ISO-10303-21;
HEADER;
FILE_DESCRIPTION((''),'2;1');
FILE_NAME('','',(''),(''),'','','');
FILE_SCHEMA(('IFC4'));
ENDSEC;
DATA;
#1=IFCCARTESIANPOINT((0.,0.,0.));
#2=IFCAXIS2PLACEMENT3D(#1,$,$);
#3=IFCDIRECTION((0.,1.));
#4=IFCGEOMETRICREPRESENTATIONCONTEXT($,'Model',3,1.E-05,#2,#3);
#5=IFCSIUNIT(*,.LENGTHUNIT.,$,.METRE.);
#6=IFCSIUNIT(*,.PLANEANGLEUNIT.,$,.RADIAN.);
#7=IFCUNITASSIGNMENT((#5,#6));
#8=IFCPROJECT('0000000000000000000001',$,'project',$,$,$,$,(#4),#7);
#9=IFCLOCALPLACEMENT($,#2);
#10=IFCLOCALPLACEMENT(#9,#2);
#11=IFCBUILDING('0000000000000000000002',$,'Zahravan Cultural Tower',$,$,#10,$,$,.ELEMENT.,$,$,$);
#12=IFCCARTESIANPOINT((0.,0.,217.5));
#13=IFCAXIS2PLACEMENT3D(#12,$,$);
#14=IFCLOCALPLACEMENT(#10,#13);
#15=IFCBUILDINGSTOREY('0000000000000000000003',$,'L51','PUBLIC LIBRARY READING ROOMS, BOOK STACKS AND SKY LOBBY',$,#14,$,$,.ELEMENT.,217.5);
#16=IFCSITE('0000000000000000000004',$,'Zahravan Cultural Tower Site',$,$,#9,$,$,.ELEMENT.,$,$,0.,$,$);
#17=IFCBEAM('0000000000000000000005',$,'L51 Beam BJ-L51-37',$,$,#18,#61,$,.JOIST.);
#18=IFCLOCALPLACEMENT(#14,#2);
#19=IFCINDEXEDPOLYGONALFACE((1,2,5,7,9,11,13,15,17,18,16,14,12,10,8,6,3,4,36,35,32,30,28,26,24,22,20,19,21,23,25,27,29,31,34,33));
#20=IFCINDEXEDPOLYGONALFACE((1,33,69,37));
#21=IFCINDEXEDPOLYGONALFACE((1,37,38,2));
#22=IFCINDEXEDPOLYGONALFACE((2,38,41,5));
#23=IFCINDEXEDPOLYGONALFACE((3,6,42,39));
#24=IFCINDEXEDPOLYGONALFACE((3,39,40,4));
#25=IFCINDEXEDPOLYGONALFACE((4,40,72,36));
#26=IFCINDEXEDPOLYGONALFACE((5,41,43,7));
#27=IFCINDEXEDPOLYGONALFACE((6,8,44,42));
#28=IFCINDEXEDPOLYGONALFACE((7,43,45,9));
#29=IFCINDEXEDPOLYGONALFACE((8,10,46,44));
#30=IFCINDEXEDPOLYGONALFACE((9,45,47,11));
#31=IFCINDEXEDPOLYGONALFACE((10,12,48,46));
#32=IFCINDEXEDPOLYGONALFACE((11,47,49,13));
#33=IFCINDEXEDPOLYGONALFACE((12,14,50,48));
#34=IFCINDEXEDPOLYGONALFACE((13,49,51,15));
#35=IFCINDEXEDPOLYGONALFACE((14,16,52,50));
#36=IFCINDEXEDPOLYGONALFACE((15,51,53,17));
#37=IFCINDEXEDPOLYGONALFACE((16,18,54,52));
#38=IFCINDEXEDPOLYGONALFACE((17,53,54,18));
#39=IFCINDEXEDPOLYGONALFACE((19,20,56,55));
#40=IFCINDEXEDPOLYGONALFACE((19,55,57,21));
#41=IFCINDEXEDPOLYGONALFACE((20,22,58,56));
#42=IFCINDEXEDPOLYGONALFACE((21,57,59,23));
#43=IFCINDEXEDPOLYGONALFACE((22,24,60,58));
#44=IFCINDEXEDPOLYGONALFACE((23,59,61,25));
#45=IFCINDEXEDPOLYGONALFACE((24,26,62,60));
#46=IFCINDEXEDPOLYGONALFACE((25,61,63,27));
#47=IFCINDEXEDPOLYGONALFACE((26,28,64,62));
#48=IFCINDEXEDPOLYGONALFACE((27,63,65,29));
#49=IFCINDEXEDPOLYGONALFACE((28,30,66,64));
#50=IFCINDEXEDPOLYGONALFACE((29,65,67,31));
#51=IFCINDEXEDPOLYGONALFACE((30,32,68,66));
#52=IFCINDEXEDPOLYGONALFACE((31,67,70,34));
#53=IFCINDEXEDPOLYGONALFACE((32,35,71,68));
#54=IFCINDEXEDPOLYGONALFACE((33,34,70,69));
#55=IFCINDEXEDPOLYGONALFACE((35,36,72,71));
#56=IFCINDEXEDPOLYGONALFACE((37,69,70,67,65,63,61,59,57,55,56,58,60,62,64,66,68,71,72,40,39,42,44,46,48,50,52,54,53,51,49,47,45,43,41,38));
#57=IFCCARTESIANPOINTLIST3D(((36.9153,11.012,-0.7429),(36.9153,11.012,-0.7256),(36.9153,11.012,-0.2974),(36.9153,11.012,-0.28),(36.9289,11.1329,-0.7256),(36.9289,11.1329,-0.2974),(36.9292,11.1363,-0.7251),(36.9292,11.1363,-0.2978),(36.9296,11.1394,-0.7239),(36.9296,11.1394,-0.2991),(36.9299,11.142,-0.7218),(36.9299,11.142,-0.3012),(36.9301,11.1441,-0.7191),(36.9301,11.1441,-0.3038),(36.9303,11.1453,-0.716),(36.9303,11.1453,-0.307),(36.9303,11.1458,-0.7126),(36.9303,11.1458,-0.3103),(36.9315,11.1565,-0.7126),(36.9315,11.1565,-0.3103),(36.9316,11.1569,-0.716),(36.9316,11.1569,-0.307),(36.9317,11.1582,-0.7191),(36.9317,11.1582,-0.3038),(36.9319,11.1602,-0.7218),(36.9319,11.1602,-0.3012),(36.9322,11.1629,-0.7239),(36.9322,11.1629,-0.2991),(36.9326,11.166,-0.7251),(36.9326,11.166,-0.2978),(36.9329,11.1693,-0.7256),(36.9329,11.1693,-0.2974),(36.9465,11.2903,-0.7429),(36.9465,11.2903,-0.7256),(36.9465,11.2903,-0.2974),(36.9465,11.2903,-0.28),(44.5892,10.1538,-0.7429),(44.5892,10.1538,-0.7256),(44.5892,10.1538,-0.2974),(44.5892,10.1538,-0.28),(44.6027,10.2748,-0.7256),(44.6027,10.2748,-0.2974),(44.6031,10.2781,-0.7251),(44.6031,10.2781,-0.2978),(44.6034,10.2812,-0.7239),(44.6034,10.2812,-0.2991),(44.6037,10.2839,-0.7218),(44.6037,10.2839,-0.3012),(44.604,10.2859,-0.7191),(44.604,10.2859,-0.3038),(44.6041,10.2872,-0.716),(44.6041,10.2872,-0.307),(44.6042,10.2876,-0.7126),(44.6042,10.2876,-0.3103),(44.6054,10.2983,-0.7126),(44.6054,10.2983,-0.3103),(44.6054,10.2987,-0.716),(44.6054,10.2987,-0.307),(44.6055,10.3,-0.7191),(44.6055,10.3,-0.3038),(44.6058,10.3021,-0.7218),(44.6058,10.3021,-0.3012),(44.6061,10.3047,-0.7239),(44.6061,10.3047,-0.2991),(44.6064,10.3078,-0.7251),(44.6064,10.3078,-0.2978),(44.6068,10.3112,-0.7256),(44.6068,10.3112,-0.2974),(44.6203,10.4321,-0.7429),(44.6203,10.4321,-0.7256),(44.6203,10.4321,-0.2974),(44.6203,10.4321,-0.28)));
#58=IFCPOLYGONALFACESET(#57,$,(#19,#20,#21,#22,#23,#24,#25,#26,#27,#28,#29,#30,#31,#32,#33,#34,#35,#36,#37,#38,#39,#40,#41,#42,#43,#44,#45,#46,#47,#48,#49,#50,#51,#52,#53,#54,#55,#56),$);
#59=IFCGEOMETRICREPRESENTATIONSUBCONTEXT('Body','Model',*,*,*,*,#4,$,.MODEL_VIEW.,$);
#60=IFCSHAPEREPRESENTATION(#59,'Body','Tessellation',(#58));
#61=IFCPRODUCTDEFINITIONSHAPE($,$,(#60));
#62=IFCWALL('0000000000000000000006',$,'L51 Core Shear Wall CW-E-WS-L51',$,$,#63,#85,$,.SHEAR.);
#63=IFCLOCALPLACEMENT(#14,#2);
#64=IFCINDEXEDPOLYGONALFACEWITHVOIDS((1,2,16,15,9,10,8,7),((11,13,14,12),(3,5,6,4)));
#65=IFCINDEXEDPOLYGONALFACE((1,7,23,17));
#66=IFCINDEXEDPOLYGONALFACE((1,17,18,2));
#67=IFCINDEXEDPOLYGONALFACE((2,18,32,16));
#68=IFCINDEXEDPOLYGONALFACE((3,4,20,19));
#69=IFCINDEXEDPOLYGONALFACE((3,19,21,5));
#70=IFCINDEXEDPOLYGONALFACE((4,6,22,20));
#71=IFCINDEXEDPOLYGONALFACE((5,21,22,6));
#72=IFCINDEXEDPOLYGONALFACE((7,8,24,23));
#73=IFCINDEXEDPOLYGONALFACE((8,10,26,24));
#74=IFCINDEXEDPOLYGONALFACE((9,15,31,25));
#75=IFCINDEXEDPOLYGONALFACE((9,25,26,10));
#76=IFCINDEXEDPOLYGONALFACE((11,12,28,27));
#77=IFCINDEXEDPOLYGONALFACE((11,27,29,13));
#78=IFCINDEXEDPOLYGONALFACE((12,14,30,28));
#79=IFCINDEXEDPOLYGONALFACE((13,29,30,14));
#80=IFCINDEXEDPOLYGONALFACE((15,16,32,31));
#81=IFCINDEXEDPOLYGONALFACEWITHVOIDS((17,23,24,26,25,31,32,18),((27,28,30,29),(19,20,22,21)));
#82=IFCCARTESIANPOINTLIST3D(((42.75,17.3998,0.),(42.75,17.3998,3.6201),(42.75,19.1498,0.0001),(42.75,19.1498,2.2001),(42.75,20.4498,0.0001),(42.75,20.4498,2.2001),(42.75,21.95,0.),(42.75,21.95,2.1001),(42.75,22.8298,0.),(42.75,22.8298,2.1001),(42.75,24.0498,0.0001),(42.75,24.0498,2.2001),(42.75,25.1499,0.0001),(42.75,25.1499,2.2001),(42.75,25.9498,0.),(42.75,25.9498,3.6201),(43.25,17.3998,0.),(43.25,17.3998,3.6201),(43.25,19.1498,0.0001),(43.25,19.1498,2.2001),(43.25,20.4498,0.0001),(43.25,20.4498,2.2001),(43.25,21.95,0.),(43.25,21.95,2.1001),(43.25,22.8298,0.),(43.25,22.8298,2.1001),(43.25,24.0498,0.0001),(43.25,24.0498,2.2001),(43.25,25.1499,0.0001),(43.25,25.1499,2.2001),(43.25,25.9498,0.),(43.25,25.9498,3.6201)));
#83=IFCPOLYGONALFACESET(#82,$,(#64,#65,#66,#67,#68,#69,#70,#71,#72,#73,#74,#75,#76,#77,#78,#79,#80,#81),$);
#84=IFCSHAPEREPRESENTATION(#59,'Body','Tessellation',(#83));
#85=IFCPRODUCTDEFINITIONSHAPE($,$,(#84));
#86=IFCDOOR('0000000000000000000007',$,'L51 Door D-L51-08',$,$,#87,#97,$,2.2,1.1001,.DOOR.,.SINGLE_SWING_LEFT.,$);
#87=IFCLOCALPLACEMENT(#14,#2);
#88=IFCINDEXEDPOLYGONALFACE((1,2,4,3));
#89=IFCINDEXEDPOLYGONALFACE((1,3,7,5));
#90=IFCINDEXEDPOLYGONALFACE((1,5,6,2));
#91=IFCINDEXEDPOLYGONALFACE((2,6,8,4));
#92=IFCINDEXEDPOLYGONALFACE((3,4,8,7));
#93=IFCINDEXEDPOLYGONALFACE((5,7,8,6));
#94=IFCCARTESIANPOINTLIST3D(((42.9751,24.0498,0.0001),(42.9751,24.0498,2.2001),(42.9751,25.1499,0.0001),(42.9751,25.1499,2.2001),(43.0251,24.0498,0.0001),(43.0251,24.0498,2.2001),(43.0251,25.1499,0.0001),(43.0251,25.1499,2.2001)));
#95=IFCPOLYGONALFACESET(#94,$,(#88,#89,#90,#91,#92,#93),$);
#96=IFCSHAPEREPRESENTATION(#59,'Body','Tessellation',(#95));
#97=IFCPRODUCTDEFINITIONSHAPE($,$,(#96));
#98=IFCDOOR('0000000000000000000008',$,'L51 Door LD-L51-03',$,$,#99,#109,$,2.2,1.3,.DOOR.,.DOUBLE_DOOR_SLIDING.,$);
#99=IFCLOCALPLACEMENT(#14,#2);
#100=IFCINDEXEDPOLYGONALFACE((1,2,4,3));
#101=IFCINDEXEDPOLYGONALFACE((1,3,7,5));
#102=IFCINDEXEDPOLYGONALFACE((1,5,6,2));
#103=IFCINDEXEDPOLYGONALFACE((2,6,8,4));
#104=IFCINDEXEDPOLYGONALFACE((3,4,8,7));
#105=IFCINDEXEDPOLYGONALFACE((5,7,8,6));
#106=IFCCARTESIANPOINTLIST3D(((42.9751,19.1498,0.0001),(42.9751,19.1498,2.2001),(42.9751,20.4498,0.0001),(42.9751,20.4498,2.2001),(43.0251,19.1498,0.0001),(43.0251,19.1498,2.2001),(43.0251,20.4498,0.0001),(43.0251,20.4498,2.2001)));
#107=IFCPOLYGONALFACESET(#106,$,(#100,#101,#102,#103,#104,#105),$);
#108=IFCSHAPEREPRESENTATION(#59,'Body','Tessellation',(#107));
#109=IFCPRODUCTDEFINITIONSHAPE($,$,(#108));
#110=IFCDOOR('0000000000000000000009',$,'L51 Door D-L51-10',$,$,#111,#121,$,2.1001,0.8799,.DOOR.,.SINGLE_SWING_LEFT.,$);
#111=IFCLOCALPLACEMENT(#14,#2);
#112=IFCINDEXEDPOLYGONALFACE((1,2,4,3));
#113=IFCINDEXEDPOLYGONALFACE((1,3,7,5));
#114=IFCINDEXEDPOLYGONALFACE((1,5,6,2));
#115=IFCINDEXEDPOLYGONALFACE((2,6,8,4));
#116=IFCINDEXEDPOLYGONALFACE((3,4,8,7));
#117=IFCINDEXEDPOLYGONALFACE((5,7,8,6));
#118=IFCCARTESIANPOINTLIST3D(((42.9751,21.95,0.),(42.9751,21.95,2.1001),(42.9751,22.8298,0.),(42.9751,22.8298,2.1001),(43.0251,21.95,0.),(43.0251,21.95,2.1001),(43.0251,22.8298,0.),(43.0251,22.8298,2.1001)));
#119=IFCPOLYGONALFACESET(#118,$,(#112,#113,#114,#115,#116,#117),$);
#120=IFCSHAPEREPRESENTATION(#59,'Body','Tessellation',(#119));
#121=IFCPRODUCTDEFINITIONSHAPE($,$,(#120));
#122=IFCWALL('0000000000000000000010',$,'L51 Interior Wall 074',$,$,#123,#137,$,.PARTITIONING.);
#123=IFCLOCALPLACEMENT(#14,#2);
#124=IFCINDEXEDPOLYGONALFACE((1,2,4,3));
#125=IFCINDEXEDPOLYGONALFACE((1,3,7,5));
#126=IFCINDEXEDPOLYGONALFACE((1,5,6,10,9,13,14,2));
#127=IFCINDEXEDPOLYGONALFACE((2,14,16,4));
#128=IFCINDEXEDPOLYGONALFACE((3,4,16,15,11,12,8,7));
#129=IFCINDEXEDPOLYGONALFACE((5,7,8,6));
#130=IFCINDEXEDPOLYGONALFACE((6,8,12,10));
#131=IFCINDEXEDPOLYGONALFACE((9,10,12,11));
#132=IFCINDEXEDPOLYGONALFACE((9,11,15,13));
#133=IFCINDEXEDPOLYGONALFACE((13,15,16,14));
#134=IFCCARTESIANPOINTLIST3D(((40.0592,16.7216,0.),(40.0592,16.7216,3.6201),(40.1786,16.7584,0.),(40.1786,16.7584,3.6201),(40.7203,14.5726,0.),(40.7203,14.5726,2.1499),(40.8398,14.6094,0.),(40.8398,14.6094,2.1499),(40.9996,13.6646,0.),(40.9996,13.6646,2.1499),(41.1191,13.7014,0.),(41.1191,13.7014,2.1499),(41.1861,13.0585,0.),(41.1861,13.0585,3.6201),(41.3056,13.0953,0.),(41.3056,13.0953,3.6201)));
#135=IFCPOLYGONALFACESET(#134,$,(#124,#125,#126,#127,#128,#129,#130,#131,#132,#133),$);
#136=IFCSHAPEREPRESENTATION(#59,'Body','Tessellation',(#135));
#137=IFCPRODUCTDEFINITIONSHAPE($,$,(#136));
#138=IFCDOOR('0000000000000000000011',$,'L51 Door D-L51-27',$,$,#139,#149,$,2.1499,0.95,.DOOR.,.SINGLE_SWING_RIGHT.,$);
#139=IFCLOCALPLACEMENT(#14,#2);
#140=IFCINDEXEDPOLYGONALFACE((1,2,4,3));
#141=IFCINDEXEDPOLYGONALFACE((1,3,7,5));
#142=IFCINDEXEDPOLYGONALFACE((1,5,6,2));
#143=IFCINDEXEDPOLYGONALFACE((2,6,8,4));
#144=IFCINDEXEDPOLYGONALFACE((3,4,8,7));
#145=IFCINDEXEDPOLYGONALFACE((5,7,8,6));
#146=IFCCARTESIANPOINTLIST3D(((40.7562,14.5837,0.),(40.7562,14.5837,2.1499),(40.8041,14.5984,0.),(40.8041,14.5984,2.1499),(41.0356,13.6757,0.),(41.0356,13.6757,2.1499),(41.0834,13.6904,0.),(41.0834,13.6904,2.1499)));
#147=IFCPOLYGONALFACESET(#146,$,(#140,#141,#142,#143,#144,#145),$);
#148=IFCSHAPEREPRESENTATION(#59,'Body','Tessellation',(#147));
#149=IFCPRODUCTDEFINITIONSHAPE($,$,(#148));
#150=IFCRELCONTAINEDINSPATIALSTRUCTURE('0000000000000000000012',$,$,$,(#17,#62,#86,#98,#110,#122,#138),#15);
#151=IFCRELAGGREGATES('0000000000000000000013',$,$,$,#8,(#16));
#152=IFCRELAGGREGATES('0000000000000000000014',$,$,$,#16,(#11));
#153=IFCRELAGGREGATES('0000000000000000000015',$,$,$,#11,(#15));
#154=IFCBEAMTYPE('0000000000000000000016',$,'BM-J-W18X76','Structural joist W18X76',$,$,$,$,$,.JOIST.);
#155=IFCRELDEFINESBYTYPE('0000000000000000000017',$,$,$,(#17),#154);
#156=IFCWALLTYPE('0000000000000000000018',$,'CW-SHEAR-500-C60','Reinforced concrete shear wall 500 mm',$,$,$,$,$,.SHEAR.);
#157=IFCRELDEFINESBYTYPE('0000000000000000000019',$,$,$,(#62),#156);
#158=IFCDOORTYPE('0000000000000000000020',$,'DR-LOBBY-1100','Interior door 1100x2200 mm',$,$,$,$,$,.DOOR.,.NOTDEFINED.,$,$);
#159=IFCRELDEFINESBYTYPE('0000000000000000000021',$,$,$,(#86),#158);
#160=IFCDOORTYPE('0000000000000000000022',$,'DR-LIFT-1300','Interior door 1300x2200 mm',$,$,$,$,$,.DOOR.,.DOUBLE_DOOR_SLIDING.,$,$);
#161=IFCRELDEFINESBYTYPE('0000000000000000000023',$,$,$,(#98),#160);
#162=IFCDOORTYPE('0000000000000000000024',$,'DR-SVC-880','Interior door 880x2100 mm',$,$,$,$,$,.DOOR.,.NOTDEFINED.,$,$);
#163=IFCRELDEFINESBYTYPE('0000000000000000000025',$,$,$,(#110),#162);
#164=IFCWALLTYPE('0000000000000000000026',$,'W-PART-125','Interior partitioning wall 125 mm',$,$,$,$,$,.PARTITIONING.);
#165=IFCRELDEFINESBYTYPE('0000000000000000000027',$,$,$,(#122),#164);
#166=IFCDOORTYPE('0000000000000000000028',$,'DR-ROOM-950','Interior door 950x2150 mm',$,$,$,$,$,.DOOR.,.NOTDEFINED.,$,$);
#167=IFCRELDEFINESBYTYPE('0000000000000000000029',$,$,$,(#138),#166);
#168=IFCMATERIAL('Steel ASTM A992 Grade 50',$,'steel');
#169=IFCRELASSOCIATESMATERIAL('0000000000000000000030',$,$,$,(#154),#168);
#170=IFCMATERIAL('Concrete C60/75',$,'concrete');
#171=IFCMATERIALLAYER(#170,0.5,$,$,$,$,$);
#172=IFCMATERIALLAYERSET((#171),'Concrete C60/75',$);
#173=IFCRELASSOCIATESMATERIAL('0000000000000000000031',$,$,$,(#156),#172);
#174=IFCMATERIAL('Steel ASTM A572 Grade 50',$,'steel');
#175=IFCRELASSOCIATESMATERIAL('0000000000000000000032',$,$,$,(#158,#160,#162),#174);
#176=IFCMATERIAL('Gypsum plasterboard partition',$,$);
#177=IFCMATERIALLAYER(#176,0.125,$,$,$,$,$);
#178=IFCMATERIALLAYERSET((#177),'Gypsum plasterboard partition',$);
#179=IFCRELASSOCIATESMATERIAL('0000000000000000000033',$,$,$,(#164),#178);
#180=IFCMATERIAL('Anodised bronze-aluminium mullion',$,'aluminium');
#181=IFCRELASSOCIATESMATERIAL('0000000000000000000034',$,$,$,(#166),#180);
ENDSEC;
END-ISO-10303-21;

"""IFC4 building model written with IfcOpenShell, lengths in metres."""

from ifc_helpers import new_model, si_unit, direction, frame, frame_2d, origin, origin_2d, place, context, subcontext, project, spatial, rectangle, i_section, extrude, source, transform, mapped, material, layer, layer_set, material_profile, profile_set, type_object, element, fill, save


model = new_model("IFC4")

# Units and contexts
model_context = context("Model", 3, precision=1e-05, world=origin(), true_north=direction((0.0, 1.0)))
body_context = subcontext(model_context, "Body", "Model", "MODEL_VIEW")
ifc_project = project(units=[si_unit("LENGTHUNIT", "METRE"), si_unit("PLANEANGLEUNIT", "RADIAN")], contexts=[model_context])

# Site, building, storey
site_placement = place(None, origin())
site = spatial("IfcSite", under=ifc_project, at=site_placement, Name="Zahravan Cultural Tower Site", CompositionType="ELEMENT", RefElevation=0.0)
building_placement = place(site_placement, origin())
building = spatial("IfcBuilding", under=site, at=building_placement, Name="Zahravan Cultural Tower", CompositionType="ELEMENT")
storey_placement = place(building_placement, frame((0.0, 0.0, 217.5)))
storey = spatial("IfcBuildingStorey", under=building, at=storey_placement, Name="L51", Description="PUBLIC LIBRARY READING ROOMS, BOOK STACKS AND SKY LOBBY", CompositionType="ELEMENT", Elevation=217.5)

# Beam
ifc_material_1 = material(Name="Steel ASTM A992 Grade 50", Category="steel")
ifc_material_profile_1 = material_profile(ifc_material_1, i_section(OverallWidth=0.28, OverallDepth=0.4629, WebThickness=0.0107, FlangeThickness=0.0173, FilletRadius=0.0129, at=origin_2d()), Name="W18X76")
ifc_profile_set_1 = profile_set([ifc_material_profile_1], Name="Steel ASTM A992 Grade 50")
beam_type = type_object("IfcBeamType", Name="BM-J-W18X76", Description="Structural joist W18X76", PredefinedType="JOIST", material=ifc_profile_set_1)
shared_shape_1 = source(origin(), body_context, "Body", "SweptSolid", [
    extrude(i_section(OverallWidth=0.28, OverallDepth=0.4629, WebThickness=0.0107, FlangeThickness=0.0173, FilletRadius=0.0129, at=origin_2d()), origin(), (0.0, 0.0, 1.0), 7.7217),
])
beam_1_placement = place(storey_placement, frame((36.9309, 11.1511, -0.5115), z_axis=(0.993805, -0.111136, 0.0), x_axis=(0.111136, 0.993805, 0.0)))
element("IfcBeam", 1, at=beam_1_placement, inside=storey, type_object=beam_type, Name="L51 Beam BJ-L51-37", PredefinedType="JOIST", context=body_context, shape_type="MappedRepresentation", body=[
    mapped(shared_shape_1, transform((0.0, 0.0, 0.0), x_axis=(1.0, 0.0, 0.0), y_axis=(0.0, 1.0, 0.0), z_axis=(0.0, 0.0, 1.0), scale=1.0)),
])

# Wall, openings, doors
ifc_material_2 = material(Name="Concrete C60/75", Category="concrete")
ifc_layer_1 = layer(ifc_material_2, 0.5)
ifc_layer_set_1 = layer_set([ifc_layer_1], Name="Concrete C60/75")
wall_type_1 = type_object("IfcWallType", Name="CW-SHEAR-500-C60", Description="Reinforced concrete shear wall 500 mm", PredefinedType="SHEAR", material=ifc_layer_set_1)
wall_1_placement = place(storey_placement, frame((43.0, 17.3999, 0.0), z_axis=(0.0, 0.0, 1.0), x_axis=(0.0, 1.0, 0.0)))
wall_1 = element("IfcWall", 2, at=wall_1_placement, inside=storey, type_object=wall_type_1, Name="L51 Core Shear Wall CW-E-WS-L51", PredefinedType="SHEAR", context=body_context, shape_type="SweptSolid", body=[
    extrude(rectangle(XDim=8.55, YDim=0.5, at=frame_2d((4.2749, 0.0))), origin(), (0.0, 0.0, 1.0), 3.6201),
])
opening_1_placement = place(wall_1_placement, frame((6.6499, 0.0, 0.0)))
opening_1 = element("IfcOpeningElement", 3, at=opening_1_placement, cuts=wall_1, PredefinedType="OPENING", context=body_context, shape_type="SweptSolid", body=[
    extrude(rectangle(XDim=1.1001, YDim=2.2, at=frame_2d((0.55, 1.1001))), frame((0.0, 0.26, 0.0), z_axis=(0.0, -1.0, 0.0), x_axis=(1.0, 0.0, 0.0)), (0.0, 0.0, 1.0), 0.52),
])
opening_2_placement = place(wall_1_placement, frame((1.75, 0.0, 0.0)))
opening_2 = element("IfcOpeningElement", 4, at=opening_2_placement, cuts=wall_1, PredefinedType="OPENING", context=body_context, shape_type="SweptSolid", body=[
    extrude(rectangle(XDim=1.3, YDim=2.2, at=frame_2d((0.6499, 1.1001))), frame((0.0, 0.26, 0.0), z_axis=(0.0, -1.0, 0.0), x_axis=(1.0, 0.0, 0.0)), (0.0, 0.0, 1.0), 0.52),
])
opening_3_placement = place(wall_1_placement, frame((4.55, 0.0, 0.0)))
opening_3 = element("IfcOpeningElement", 5, at=opening_3_placement, cuts=wall_1, PredefinedType="OPENING", context=body_context, shape_type="SweptSolid", body=[
    extrude(rectangle(XDim=0.8799, YDim=2.1001, at=frame_2d((0.4399, 1.05))), frame((0.0, 0.26, 0.0), z_axis=(0.0, -1.0, 0.0), x_axis=(1.0, 0.0, 0.0)), (0.0, 0.0, 1.0), 0.52),
])
ifc_material_3 = material(Name="Steel ASTM A572 Grade 50", Category="steel")
door_type_1 = type_object("IfcDoorType", Name="DR-LOBBY-1100", Description="Interior door 1100x2200 mm", OperationType="NOTDEFINED", PredefinedType="DOOR", material=ifc_material_3)
shared_shape_2 = source(origin(), body_context, "Body", "SweptSolid", [
    extrude(rectangle(XDim=1.1001, YDim=2.2, at=frame_2d((0.55, 1.1001))), frame((0.0, 0.0249, 0.0), z_axis=(0.0, -1.0, 0.0), x_axis=(1.0, 0.0, 0.0)), (0.0, 0.0, 1.0), 0.05),
])
door_1_placement = place(opening_1_placement, origin())
door_1 = element("IfcDoor", 6, at=door_1_placement, inside=storey, type_object=door_type_1, Name="L51 Door D-L51-08", OperationType="SINGLE_SWING_LEFT", OverallHeight=2.2, OverallWidth=1.1001, PredefinedType="DOOR", context=body_context, shape_type="MappedRepresentation", body=[
    mapped(shared_shape_2, transform((0.0, 0.0, 0.0), x_axis=(1.0, 0.0, 0.0), y_axis=(0.0, 1.0, 0.0), z_axis=(0.0, 0.0, 1.0), scale=1.0)),
])
fill(opening_1, door_1)
door_type_2 = type_object("IfcDoorType", Name="DR-LIFT-1300", Description="Interior door 1300x2200 mm", OperationType="DOUBLE_DOOR_SLIDING", PredefinedType="DOOR", material=ifc_material_3)
shared_shape_3 = source(origin(), body_context, "Body", "SweptSolid", [
    extrude(rectangle(XDim=1.3, YDim=2.2, at=frame_2d((0.6499, 1.1001))), frame((0.0, 0.0249, 0.0), z_axis=(0.0, -1.0, 0.0), x_axis=(1.0, 0.0, 0.0)), (0.0, 0.0, 1.0), 0.05),
])
door_2_placement = place(opening_2_placement, origin())
door_2 = element("IfcDoor", 7, at=door_2_placement, inside=storey, type_object=door_type_2, Name="L51 Door LD-L51-03", OperationType="DOUBLE_DOOR_SLIDING", OverallHeight=2.2, OverallWidth=1.3, PredefinedType="DOOR", context=body_context, shape_type="MappedRepresentation", body=[
    mapped(shared_shape_3, transform((0.0, 0.0, 0.0), x_axis=(1.0, 0.0, 0.0), y_axis=(0.0, 1.0, 0.0), z_axis=(0.0, 0.0, 1.0), scale=1.0)),
])
fill(opening_2, door_2)
door_type_3 = type_object("IfcDoorType", Name="DR-SVC-880", Description="Interior door 880x2100 mm", OperationType="NOTDEFINED", PredefinedType="DOOR", material=ifc_material_3)
shared_shape_4 = source(origin(), body_context, "Body", "SweptSolid", [
    extrude(rectangle(XDim=0.8799, YDim=2.1001, at=frame_2d((0.4399, 1.05))), frame((0.0, 0.0249, 0.0), z_axis=(0.0, -1.0, 0.0), x_axis=(1.0, 0.0, 0.0)), (0.0, 0.0, 1.0), 0.05),
])
door_3_placement = place(opening_3_placement, origin())
door_3 = element("IfcDoor", 8, at=door_3_placement, inside=storey, type_object=door_type_3, Name="L51 Door D-L51-10", OperationType="SINGLE_SWING_LEFT", OverallHeight=2.1001, OverallWidth=0.8799, PredefinedType="DOOR", context=body_context, shape_type="MappedRepresentation", body=[
    mapped(shared_shape_4, transform((0.0, 0.0, 0.0), x_axis=(1.0, 0.0, 0.0), y_axis=(0.0, 1.0, 0.0), z_axis=(0.0, 0.0, 1.0), scale=1.0)),
])
fill(opening_3, door_3)

# Wall, opening, door
ifc_material_4 = material(Name="Gypsum plasterboard partition")
ifc_layer_2 = layer(ifc_material_4, 0.125)
ifc_layer_set_2 = layer_set([ifc_layer_2], Name="Gypsum plasterboard partition")
wall_type_2 = type_object("IfcWallType", Name="W-PART-125", Description="Interior partitioning wall 125 mm", PredefinedType="PARTITIONING", material=ifc_layer_set_2)
wall_2_placement = place(storey_placement, frame((41.2458, 13.0769, 0.0), z_axis=(0.0, 0.0, 1.0), x_axis=(-0.29405, 0.95579, 0.0)))
wall_2 = element("IfcWall", 9, at=wall_2_placement, inside=storey, type_object=wall_type_2, Name="L51 Interior Wall 074", PredefinedType="PARTITIONING", context=body_context, shape_type="SweptSolid", body=[
    extrude(rectangle(XDim=3.8325, YDim=0.125, at=frame_2d((1.9163, 0.0))), origin(), (0.0, 0.0, 1.0), 3.6201),
])
opening_4_placement = place(wall_2_placement, frame((0.634, 0.0, 0.0)))
opening_4 = element("IfcOpeningElement", 10, at=opening_4_placement, cuts=wall_2, PredefinedType="OPENING", context=body_context, shape_type="SweptSolid", body=[
    extrude(rectangle(XDim=0.95, YDim=2.1499, at=frame_2d((0.4751, 1.075))), frame((0.0, 0.0725, 0.0), z_axis=(0.0, -1.0, 0.0), x_axis=(1.0, 0.0, 0.0)), (0.0, 0.0, 1.0), 0.145),
])
ifc_material_5 = material(Name="Anodised bronze-aluminium mullion", Category="aluminium")
door_type_4 = type_object("IfcDoorType", Name="DR-ROOM-950", Description="Interior door 950x2150 mm", OperationType="NOTDEFINED", PredefinedType="DOOR", material=ifc_material_5)
shared_shape_5 = source(origin(), body_context, "Body", "SweptSolid", [
    extrude(rectangle(XDim=0.95, YDim=2.1499, at=frame_2d((0.4751, 1.075))), frame((0.0, 0.0249, 0.0), z_axis=(0.0, -1.0, 0.0), x_axis=(1.0, 0.0, 0.0)), (0.0, 0.0, 1.0), 0.05),
])
door_4_placement = place(opening_4_placement, origin())
door_4 = element("IfcDoor", 11, at=door_4_placement, inside=storey, type_object=door_type_4, Name="L51 Door D-L51-27", OperationType="SINGLE_SWING_RIGHT", OverallHeight=2.1499, OverallWidth=0.95, PredefinedType="DOOR", context=body_context, shape_type="MappedRepresentation", body=[
    mapped(shared_shape_5, transform((0.0, 0.0, 0.0), x_axis=(1.0, 0.0, 0.0), y_axis=(0.0, 1.0, 0.0), z_axis=(0.0, 0.0, 1.0), scale=1.0)),
])
fill(opening_4, door_4)

save(model, "model.ifc")
